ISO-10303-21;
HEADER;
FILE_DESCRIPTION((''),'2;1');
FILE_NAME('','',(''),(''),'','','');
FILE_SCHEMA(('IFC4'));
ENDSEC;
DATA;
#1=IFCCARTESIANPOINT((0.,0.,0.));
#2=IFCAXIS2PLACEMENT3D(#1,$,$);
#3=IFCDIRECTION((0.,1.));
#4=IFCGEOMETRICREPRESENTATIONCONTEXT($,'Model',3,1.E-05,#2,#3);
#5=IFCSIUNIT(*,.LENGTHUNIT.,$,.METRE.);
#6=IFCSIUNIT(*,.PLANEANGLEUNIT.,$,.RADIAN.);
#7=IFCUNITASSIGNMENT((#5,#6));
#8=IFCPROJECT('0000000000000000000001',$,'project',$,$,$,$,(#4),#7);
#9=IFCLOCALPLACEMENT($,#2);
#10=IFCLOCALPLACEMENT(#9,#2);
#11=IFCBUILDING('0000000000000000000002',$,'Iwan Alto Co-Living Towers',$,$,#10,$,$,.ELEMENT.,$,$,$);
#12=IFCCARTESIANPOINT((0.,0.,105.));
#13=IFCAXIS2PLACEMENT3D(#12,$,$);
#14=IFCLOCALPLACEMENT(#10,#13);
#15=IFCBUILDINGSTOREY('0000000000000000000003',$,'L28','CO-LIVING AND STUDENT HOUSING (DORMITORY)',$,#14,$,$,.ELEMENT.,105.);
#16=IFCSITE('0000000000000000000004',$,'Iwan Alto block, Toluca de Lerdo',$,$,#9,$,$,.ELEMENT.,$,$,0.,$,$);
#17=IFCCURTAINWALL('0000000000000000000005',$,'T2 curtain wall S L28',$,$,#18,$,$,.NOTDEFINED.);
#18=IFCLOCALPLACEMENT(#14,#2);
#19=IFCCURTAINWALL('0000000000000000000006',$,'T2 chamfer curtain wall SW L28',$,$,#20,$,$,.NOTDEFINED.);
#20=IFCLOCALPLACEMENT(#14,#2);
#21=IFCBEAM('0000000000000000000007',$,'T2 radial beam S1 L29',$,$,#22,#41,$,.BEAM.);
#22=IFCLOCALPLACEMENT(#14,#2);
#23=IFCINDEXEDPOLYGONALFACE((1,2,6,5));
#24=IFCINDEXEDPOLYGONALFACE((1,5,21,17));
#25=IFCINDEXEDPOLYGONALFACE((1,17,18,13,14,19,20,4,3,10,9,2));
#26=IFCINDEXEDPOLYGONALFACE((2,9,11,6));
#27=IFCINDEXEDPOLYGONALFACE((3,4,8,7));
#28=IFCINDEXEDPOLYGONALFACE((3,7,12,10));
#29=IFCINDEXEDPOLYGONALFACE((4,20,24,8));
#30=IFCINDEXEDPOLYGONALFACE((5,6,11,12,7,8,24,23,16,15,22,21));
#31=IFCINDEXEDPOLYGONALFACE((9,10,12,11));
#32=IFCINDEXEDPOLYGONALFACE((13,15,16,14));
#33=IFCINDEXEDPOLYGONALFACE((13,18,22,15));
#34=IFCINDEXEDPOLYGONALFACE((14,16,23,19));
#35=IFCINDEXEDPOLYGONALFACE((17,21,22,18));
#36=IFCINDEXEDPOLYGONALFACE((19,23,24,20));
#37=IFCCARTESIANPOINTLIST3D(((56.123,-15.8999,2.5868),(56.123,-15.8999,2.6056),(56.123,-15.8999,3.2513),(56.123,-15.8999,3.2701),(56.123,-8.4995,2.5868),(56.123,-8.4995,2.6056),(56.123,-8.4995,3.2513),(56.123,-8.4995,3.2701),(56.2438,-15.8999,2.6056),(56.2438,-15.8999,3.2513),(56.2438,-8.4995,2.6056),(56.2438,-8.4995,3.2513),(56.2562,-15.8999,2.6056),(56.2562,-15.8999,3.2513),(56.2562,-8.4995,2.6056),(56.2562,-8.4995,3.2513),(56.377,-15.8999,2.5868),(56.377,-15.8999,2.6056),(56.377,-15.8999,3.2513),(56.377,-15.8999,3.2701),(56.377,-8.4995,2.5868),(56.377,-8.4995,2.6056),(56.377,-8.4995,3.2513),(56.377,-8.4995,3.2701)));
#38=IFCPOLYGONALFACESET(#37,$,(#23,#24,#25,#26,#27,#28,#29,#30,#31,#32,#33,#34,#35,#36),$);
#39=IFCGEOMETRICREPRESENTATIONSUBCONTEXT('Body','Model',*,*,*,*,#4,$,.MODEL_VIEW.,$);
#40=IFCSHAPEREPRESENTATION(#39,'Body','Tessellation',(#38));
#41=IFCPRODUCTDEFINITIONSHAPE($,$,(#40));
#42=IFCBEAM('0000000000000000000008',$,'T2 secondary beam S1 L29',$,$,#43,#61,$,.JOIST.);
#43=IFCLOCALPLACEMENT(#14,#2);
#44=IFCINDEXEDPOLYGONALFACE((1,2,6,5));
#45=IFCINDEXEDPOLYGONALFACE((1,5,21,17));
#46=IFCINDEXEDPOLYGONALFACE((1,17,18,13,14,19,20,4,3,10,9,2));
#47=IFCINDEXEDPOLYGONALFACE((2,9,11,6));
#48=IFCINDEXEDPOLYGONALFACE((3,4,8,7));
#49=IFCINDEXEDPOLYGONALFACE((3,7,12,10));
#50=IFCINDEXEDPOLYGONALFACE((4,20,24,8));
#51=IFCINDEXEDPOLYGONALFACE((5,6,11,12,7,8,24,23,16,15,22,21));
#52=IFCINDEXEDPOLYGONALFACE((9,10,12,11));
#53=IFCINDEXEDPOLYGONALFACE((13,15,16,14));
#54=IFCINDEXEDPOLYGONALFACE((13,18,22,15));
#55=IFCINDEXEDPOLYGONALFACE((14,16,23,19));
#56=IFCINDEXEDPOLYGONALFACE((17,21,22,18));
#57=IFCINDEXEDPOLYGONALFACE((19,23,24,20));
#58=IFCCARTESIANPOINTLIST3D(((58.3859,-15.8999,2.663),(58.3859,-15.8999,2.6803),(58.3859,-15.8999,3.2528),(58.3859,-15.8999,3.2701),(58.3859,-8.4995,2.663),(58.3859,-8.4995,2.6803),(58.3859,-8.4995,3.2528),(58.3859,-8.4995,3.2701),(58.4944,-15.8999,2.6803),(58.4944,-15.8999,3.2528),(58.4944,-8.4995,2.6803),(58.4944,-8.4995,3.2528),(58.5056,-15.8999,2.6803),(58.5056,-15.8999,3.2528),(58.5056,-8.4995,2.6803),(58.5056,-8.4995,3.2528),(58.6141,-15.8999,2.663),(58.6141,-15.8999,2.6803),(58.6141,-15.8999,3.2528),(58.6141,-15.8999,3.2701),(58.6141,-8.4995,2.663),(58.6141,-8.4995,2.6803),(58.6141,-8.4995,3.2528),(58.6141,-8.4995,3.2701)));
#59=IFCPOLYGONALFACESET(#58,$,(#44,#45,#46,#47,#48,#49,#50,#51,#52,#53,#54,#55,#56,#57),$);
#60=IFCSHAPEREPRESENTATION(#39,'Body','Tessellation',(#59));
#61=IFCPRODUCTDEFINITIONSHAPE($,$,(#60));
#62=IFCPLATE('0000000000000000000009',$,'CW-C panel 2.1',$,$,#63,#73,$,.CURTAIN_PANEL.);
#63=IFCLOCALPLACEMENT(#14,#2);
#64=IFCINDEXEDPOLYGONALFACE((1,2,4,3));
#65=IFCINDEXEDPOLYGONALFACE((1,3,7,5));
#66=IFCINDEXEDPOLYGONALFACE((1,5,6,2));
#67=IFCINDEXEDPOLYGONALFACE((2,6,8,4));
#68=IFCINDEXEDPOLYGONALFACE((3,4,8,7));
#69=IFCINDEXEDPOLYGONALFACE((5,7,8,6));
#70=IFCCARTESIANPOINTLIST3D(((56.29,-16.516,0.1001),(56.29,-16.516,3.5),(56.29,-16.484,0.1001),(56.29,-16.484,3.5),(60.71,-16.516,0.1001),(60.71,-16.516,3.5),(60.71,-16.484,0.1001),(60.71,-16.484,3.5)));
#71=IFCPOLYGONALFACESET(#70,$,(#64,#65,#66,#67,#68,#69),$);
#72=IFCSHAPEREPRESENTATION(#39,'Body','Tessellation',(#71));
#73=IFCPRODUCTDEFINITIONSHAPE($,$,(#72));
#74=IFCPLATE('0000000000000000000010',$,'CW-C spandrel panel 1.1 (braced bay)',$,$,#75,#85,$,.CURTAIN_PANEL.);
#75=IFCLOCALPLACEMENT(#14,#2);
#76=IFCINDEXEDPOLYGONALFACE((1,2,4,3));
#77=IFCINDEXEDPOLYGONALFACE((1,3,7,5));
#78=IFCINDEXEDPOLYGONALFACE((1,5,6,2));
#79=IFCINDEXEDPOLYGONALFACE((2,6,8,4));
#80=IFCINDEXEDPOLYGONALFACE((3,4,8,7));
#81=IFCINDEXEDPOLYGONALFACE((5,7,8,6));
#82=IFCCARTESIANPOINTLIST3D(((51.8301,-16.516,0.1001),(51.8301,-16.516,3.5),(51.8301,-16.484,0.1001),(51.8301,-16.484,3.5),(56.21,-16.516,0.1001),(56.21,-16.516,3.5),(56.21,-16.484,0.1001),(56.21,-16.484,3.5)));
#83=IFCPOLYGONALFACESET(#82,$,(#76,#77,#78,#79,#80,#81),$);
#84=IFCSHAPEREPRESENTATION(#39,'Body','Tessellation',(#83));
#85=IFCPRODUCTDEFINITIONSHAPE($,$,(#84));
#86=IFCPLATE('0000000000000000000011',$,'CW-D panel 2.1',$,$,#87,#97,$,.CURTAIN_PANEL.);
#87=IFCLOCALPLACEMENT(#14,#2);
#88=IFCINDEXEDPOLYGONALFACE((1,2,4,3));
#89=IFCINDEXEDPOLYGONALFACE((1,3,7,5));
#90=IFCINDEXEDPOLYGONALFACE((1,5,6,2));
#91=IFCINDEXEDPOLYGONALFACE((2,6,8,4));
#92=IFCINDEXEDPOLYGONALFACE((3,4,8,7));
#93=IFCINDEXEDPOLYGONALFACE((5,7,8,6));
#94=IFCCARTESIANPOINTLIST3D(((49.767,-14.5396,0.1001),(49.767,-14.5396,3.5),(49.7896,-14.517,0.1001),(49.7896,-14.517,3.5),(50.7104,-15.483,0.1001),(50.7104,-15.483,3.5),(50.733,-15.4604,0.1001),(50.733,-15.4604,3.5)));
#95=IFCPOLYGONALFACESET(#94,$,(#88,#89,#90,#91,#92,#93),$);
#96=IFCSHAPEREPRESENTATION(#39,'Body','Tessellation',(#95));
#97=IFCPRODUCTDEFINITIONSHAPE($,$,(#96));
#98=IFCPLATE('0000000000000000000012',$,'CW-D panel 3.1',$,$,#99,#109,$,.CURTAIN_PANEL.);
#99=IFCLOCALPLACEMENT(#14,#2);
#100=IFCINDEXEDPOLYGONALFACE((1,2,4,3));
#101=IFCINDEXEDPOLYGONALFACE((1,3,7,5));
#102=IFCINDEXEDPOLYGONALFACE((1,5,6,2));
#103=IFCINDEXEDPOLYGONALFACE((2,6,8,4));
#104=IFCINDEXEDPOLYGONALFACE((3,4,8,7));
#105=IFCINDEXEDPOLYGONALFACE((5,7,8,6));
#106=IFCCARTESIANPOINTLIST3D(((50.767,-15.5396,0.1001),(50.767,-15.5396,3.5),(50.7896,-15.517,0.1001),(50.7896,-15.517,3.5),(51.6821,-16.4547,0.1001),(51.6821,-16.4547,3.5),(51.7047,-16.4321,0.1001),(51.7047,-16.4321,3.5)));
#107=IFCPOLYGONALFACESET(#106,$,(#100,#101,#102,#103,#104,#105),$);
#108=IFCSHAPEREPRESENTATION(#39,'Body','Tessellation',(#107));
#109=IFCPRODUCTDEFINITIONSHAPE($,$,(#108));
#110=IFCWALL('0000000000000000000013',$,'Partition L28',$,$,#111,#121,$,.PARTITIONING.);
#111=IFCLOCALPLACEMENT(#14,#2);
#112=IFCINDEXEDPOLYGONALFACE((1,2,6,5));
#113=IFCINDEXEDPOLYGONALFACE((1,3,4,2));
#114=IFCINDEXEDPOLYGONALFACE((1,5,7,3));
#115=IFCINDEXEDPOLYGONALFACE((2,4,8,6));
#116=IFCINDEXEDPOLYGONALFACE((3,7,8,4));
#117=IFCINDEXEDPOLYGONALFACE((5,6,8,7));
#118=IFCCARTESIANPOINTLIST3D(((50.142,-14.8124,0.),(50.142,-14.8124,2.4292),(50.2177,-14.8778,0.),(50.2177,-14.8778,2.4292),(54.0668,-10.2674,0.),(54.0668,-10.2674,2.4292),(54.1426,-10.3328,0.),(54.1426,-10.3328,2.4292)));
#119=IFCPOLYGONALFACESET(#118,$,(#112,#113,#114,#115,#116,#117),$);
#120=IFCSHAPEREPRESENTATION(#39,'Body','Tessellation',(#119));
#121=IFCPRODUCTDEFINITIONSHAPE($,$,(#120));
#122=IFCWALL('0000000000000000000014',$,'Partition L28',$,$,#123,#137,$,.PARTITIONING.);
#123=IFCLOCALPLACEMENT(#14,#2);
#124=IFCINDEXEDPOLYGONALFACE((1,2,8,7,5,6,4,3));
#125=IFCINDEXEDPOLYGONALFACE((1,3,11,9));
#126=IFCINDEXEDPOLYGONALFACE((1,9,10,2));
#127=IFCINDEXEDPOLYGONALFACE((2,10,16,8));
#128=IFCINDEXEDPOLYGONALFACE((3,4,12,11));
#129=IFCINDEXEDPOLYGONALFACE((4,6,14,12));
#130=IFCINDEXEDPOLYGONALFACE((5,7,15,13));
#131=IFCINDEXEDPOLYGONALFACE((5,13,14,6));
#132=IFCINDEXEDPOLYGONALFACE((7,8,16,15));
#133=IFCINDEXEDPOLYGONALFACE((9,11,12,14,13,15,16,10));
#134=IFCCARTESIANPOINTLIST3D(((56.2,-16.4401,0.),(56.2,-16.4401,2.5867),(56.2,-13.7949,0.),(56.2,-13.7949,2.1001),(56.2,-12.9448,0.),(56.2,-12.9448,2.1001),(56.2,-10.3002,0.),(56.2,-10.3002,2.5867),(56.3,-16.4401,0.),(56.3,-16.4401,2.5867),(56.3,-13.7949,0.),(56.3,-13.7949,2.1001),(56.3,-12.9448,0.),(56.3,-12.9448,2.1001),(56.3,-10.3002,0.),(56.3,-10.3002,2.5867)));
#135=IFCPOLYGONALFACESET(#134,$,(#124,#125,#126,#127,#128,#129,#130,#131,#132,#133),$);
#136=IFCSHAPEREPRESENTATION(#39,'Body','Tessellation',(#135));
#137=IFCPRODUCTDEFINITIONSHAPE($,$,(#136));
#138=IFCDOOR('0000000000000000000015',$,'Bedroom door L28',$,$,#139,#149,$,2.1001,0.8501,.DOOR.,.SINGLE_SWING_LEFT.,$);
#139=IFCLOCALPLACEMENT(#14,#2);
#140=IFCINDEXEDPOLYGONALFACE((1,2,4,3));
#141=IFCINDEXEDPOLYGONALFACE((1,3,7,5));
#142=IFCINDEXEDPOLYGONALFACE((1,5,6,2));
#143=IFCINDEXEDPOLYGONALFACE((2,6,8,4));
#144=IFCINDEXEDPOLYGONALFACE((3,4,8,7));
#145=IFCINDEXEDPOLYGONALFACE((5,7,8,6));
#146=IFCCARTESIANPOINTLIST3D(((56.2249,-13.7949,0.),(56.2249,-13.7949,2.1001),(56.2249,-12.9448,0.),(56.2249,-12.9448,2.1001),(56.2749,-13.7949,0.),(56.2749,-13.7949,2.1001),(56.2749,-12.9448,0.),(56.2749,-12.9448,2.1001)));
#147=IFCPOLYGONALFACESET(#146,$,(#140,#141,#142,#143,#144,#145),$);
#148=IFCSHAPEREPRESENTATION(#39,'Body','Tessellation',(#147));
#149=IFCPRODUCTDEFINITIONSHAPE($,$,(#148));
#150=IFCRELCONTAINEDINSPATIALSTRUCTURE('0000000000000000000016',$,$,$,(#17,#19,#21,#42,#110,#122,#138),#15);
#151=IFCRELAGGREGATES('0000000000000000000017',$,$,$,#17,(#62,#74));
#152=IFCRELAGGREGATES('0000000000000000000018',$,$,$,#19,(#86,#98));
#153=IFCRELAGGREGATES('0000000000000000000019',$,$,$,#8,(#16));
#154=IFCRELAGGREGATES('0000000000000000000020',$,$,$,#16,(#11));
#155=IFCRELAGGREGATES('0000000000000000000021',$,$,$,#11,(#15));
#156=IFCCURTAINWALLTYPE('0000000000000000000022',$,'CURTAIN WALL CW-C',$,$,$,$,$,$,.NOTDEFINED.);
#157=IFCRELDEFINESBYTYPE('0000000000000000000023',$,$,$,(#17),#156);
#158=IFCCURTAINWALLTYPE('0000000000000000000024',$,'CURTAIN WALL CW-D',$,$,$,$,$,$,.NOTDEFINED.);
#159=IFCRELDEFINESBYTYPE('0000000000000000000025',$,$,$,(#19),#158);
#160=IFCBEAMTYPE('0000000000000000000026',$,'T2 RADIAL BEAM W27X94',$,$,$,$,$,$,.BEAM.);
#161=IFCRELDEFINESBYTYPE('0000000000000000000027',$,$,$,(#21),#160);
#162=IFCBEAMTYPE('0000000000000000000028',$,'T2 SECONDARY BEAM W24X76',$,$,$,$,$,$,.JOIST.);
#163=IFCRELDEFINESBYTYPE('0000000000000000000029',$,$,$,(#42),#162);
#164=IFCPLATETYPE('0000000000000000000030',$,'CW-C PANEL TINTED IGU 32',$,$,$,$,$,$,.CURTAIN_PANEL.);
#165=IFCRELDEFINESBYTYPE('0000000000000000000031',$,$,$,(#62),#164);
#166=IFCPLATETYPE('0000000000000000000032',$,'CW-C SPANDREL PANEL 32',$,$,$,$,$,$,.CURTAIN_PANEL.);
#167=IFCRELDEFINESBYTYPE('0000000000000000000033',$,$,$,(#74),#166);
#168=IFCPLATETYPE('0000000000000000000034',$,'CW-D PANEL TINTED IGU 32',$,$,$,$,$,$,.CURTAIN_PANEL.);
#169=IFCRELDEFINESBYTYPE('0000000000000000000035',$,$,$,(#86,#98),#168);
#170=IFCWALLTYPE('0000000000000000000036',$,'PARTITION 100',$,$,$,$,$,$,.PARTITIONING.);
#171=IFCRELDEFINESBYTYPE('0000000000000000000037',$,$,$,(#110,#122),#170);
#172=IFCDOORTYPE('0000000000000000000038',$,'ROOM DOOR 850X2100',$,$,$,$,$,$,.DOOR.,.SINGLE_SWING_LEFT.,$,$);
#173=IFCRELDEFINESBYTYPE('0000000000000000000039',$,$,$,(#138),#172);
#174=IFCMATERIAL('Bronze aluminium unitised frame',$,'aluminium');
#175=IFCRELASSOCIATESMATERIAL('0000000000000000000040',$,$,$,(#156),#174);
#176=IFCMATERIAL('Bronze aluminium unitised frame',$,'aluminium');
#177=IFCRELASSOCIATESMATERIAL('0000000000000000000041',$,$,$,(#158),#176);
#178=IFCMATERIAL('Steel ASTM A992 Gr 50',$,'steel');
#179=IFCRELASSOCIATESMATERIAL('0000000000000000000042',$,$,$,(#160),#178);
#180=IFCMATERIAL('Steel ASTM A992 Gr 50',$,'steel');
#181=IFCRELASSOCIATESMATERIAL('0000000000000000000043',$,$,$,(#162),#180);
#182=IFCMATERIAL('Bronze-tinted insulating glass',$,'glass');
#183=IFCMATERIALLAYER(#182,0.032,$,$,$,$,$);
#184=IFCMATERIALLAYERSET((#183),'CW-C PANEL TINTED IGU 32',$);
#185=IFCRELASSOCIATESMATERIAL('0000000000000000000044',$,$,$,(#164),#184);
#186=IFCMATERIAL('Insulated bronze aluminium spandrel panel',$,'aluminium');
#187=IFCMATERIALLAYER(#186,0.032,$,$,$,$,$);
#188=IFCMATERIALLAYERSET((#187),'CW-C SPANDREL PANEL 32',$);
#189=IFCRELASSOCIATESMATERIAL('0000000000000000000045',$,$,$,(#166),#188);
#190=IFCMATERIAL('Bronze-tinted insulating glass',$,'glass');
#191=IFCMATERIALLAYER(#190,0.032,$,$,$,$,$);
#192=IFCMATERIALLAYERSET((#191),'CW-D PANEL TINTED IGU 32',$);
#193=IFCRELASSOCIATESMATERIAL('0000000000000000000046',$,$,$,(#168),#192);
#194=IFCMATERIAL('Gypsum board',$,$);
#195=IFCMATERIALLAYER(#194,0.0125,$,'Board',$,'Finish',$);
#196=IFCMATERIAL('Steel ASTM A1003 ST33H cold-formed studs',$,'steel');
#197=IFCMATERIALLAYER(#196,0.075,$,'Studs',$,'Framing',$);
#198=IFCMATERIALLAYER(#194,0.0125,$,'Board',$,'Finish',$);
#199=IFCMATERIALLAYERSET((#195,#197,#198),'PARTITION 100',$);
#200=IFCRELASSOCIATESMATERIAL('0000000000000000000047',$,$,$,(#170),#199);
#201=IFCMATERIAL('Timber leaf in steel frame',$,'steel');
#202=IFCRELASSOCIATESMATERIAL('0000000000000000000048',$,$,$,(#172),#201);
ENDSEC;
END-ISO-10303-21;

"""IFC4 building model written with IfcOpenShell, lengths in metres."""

from ifc_helpers import new_model, si_unit, direction, frame, frame_2d, origin, origin_2d, place, context, subcontext, project, spatial, rectangle, i_section, extrude, material, layer, layer_set, material_profile, profile_set, type_object, element, fill, aggregate, save


model = new_model("IFC4")

# Units and contexts
model_context = context("Model", 3, precision=1e-05, world=origin(), true_north=direction((0.0, 1.0)))
body_context = subcontext(model_context, "Body", "Model", "MODEL_VIEW")
ifc_project = project(units=[si_unit("LENGTHUNIT", "METRE"), si_unit("PLANEANGLEUNIT", "RADIAN")], contexts=[model_context])

# Site, building, storey
site_placement = place(None, origin())
site = spatial("IfcSite", under=ifc_project, at=site_placement, Name="Iwan Alto block, Toluca de Lerdo", CompositionType="ELEMENT", RefElevation=0.0)
building_placement = place(site_placement, origin())
building = spatial("IfcBuilding", under=site, at=building_placement, Name="Iwan Alto Co-Living Towers", CompositionType="ELEMENT")
storey_placement = place(building_placement, frame((0.0, 0.0, 105.0)))
storey = spatial("IfcBuildingStorey", under=building, at=storey_placement, Name="L28", Description="CO-LIVING AND STUDENT HOUSING (DORMITORY)", CompositionType="ELEMENT", Elevation=105.0)

# Curtain walls
ifc_material_1 = material(Name="Bronze aluminium unitised frame", Category="aluminium")
curtain_wall_type_1 = type_object("IfcCurtainWallType", Name="CURTAIN WALL CW-C", PredefinedType="NOTDEFINED", material=ifc_material_1)
curtain_wall_1_placement = place(storey_placement, origin())
curtain_wall_1 = element("IfcCurtainWall", 1, at=curtain_wall_1_placement, inside=storey, type_object=curtain_wall_type_1, Name="T2 curtain wall S L28", PredefinedType="NOTDEFINED")
ifc_material_2 = material(Name="Bronze aluminium unitised frame", Category="aluminium")
curtain_wall_type_2 = type_object("IfcCurtainWallType", Name="CURTAIN WALL CW-D", PredefinedType="NOTDEFINED", material=ifc_material_2)
curtain_wall_2_placement = place(storey_placement, origin())
curtain_wall_2 = element("IfcCurtainWall", 2, at=curtain_wall_2_placement, inside=storey, type_object=curtain_wall_type_2, Name="T2 chamfer curtain wall SW L28", PredefinedType="NOTDEFINED")

# Beams
ifc_material_3 = material(Name="Steel ASTM A992 Gr 50", Category="steel")
ifc_material_profile_1 = material_profile(ifc_material_3, i_section(OverallWidth=0.2539, OverallDepth=0.6833, WebThickness=0.0125, FlangeThickness=0.0188, at=origin_2d()), Name="W27X94")
ifc_profile_set_1 = profile_set([ifc_material_profile_1], Name="Steel ASTM A992 Gr 50")
beam_type_1 = type_object("IfcBeamType", Name="T2 RADIAL BEAM W27X94", PredefinedType="BEAM", material=ifc_profile_set_1)
beam_1_placement = place(storey_placement, frame((56.25, -15.8999, 2.9285), z_axis=(0.0, 1.0, 0.0), x_axis=(-1.0, 0.0, 0.0)))
element("IfcBeam", 3, at=beam_1_placement, inside=storey, type_object=beam_type_1, Name="T2 radial beam S1 L29", PredefinedType="BEAM", context=body_context, shape_type="SweptSolid", body=[
    extrude(i_section(OverallWidth=0.2539, OverallDepth=0.6833, WebThickness=0.0125, FlangeThickness=0.0188, at=origin_2d()), origin(), (0.0, 0.0, 1.0), 7.4004),
])
ifc_material_4 = material(Name="Steel ASTM A992 Gr 50", Category="steel")
ifc_material_profile_2 = material_profile(ifc_material_4, i_section(OverallWidth=0.2283, OverallDepth=0.6072, WebThickness=0.0112, FlangeThickness=0.0173, at=origin_2d()), Name="W24X76")
ifc_profile_set_2 = profile_set([ifc_material_profile_2], Name="Steel ASTM A992 Gr 50")
beam_type_2 = type_object("IfcBeamType", Name="T2 SECONDARY BEAM W24X76", PredefinedType="JOIST", material=ifc_profile_set_2)
beam_2_placement = place(storey_placement, frame((58.5, -15.8999, 2.9666), z_axis=(0.0, 1.0, 0.0), x_axis=(-1.0, 0.0, 0.0)))
element("IfcBeam", 4, at=beam_2_placement, inside=storey, type_object=beam_type_2, Name="T2 secondary beam S1 L29", PredefinedType="JOIST", context=body_context, shape_type="SweptSolid", body=[
    extrude(i_section(OverallWidth=0.2283, OverallDepth=0.6072, WebThickness=0.0112, FlangeThickness=0.0173, at=origin_2d()), origin(), (0.0, 0.0, 1.0), 7.4004),
])

# Plates
ifc_material_5 = material(Name="Bronze-tinted insulating glass", Category="glass")
ifc_layer_1 = layer(ifc_material_5, 0.032)
ifc_layer_set_1 = layer_set([ifc_layer_1], Name="CW-C PANEL TINTED IGU 32")
plate_type_1 = type_object("IfcPlateType", Name="CW-C PANEL TINTED IGU 32", PredefinedType="CURTAIN_PANEL", material=ifc_layer_set_1)
plate_1_placement = place(storey_placement, frame((58.5, -16.5, 0.1001), z_axis=(0.0, 0.0, 1.0), x_axis=(1.0, 0.0, 0.0)))
plate_1 = element("IfcPlate", 5, at=plate_1_placement, type_object=plate_type_1, Name="CW-C panel 2.1", PredefinedType="CURTAIN_PANEL", context=body_context, shape_type="SweptSolid", body=[
    extrude(rectangle(XDim=4.4199, YDim=0.032, at=origin_2d()), origin(), (0.0, 0.0, 1.0), 3.3999),
])
ifc_material_6 = material(Name="Insulated bronze aluminium spandrel panel", Category="aluminium")
ifc_layer_2 = layer(ifc_material_6, 0.032)
ifc_layer_set_2 = layer_set([ifc_layer_2], Name="CW-C SPANDREL PANEL 32")
plate_type_2 = type_object("IfcPlateType", Name="CW-C SPANDREL PANEL 32", PredefinedType="CURTAIN_PANEL", material=ifc_layer_set_2)
plate_2_placement = place(storey_placement, frame((54.02, -16.5, 0.1001), z_axis=(0.0, 0.0, 1.0), x_axis=(1.0, 0.0, 0.0)))
plate_2 = element("IfcPlate", 6, at=plate_2_placement, type_object=plate_type_2, Name="CW-C spandrel panel 1.1 (braced bay)", PredefinedType="CURTAIN_PANEL", context=body_context, shape_type="SweptSolid", body=[
    extrude(rectangle(XDim=4.3799, YDim=0.032, at=origin_2d()), origin(), (0.0, 0.0, 1.0), 3.3999),
])
aggregate(curtain_wall_1, [plate_1, plate_2])
ifc_material_7 = material(Name="Bronze-tinted insulating glass", Category="glass")
ifc_layer_3 = layer(ifc_material_7, 0.032)
ifc_layer_set_3 = layer_set([ifc_layer_3], Name="CW-D PANEL TINTED IGU 32")
plate_type_3 = type_object("IfcPlateType", Name="CW-D PANEL TINTED IGU 32", PredefinedType="CURTAIN_PANEL", material=ifc_layer_set_3)
plate_3_placement = place(storey_placement, frame((50.25, -15.0, 0.1001), z_axis=(0.0, 0.0, 1.0), x_axis=(0.707107, -0.707107, 0.0)))
plate_3 = element("IfcPlate", 7, at=plate_3_placement, type_object=plate_type_3, Name="CW-D panel 2.1", PredefinedType="CURTAIN_PANEL", context=body_context, shape_type="SweptSolid", body=[
    extrude(rectangle(XDim=1.3342, YDim=0.032, at=origin_2d()), origin(), (0.0, 0.0, 1.0), 3.3999),
])
plate_4_placement = place(storey_placement, frame((51.2358, -15.9858, 0.1001), z_axis=(0.0, 0.0, 1.0), x_axis=(0.707107, -0.707107, 0.0)))
plate_4 = element("IfcPlate", 8, at=plate_4_placement, type_object=plate_type_3, Name="CW-D panel 3.1", PredefinedType="CURTAIN_PANEL", context=body_context, shape_type="SweptSolid", body=[
    extrude(rectangle(XDim=1.2942, YDim=0.032, at=origin_2d()), origin(), (0.0, 0.0, 1.0), 3.3999),
])
aggregate(curtain_wall_2, [plate_3, plate_4])

# Wall
ifc_material_8 = material(Name="Gypsum board")
ifc_layer_4 = layer(ifc_material_8, 0.0125, Name="Board", Category="Finish")
ifc_material_9 = material(Name="Steel ASTM A1003 ST33H cold-formed studs", Category="steel")
ifc_layer_5 = layer(ifc_material_9, 0.075, Name="Studs", Category="Framing")
ifc_layer_6 = layer(ifc_material_8, 0.0125, Name="Board", Category="Finish")
ifc_layer_set_4 = layer_set([ifc_layer_4, ifc_layer_5, ifc_layer_6], Name="PARTITION 100")
wall_type = type_object("IfcWallType", Name="PARTITION 100", PredefinedType="PARTITIONING", material=ifc_layer_set_4)
wall_1_placement = place(storey_placement, frame((50.1799, -14.845, 0.0), z_axis=(0.0, 0.0, 1.0), x_axis=(0.653586, 0.756852, 0.0)))
element("IfcWall", 9, at=wall_1_placement, inside=storey, type_object=wall_type, Name="Partition L28", PredefinedType="PARTITIONING", context=body_context, shape_type="SweptSolid", body=[
    extrude(rectangle(XDim=6.0051, YDim=0.1001, at=frame_2d((3.0024, 0.0))), origin(), (0.0, 0.0, 1.0), 2.4292),
])

# Wall, opening, door
wall_2_placement = place(storey_placement, frame((56.25, -16.4399, 0.0), z_axis=(0.0, 0.0, 1.0), x_axis=(0.0, 1.0, 0.0)))
wall_2 = element("IfcWall", 10, at=wall_2_placement, inside=storey, type_object=wall_type, Name="Partition L28", PredefinedType="PARTITIONING", context=body_context, shape_type="SweptSolid", body=[
    extrude(rectangle(XDim=6.1399, YDim=0.1001, at=frame_2d((3.0698, 0.0))), origin(), (0.0, 0.0, 1.0), 2.5867),
])
opening_placement = place(wall_2_placement, frame((2.645, 0.0, 0.0)))
opening = element("IfcOpeningElement", 11, at=opening_placement, cuts=wall_2, PredefinedType="OPENING", context=body_context, shape_type="SweptSolid", body=[
    extrude(rectangle(XDim=0.8501, YDim=2.1001, at=frame_2d((0.425, 1.05))), frame((0.0, 0.0601, 0.0), z_axis=(0.0, -1.0, 0.0), x_axis=(1.0, 0.0, 0.0)), (0.0, 0.0, 1.0), 0.1201),
])
ifc_material_10 = material(Name="Timber leaf in steel frame", Category="steel")
door_type = type_object("IfcDoorType", Name="ROOM DOOR 850X2100", OperationType="SINGLE_SWING_LEFT", PredefinedType="DOOR", material=ifc_material_10)
door_placement = place(opening_placement, frame((0.8501, 0.0, 0.0), z_axis=(0.0, 0.0, 1.0), x_axis=(-1.0, 0.0, 0.0)))
door = element("IfcDoor", 12, at=door_placement, inside=storey, type_object=door_type, Name="Bedroom door L28", OperationType="SINGLE_SWING_LEFT", OverallHeight=2.1001, OverallWidth=0.8501, PredefinedType="DOOR", context=body_context, shape_type="SweptSolid", body=[
    extrude(rectangle(XDim=0.8501, YDim=2.1001, at=frame_2d((0.425, 1.05))), frame((0.0, 0.0249, 0.0), z_axis=(0.0, -1.0, 0.0), x_axis=(1.0, 0.0, 0.0)), (0.0, 0.0, 1.0), 0.05),
])
fill(opening, door)

save(model, "model.ifc")
